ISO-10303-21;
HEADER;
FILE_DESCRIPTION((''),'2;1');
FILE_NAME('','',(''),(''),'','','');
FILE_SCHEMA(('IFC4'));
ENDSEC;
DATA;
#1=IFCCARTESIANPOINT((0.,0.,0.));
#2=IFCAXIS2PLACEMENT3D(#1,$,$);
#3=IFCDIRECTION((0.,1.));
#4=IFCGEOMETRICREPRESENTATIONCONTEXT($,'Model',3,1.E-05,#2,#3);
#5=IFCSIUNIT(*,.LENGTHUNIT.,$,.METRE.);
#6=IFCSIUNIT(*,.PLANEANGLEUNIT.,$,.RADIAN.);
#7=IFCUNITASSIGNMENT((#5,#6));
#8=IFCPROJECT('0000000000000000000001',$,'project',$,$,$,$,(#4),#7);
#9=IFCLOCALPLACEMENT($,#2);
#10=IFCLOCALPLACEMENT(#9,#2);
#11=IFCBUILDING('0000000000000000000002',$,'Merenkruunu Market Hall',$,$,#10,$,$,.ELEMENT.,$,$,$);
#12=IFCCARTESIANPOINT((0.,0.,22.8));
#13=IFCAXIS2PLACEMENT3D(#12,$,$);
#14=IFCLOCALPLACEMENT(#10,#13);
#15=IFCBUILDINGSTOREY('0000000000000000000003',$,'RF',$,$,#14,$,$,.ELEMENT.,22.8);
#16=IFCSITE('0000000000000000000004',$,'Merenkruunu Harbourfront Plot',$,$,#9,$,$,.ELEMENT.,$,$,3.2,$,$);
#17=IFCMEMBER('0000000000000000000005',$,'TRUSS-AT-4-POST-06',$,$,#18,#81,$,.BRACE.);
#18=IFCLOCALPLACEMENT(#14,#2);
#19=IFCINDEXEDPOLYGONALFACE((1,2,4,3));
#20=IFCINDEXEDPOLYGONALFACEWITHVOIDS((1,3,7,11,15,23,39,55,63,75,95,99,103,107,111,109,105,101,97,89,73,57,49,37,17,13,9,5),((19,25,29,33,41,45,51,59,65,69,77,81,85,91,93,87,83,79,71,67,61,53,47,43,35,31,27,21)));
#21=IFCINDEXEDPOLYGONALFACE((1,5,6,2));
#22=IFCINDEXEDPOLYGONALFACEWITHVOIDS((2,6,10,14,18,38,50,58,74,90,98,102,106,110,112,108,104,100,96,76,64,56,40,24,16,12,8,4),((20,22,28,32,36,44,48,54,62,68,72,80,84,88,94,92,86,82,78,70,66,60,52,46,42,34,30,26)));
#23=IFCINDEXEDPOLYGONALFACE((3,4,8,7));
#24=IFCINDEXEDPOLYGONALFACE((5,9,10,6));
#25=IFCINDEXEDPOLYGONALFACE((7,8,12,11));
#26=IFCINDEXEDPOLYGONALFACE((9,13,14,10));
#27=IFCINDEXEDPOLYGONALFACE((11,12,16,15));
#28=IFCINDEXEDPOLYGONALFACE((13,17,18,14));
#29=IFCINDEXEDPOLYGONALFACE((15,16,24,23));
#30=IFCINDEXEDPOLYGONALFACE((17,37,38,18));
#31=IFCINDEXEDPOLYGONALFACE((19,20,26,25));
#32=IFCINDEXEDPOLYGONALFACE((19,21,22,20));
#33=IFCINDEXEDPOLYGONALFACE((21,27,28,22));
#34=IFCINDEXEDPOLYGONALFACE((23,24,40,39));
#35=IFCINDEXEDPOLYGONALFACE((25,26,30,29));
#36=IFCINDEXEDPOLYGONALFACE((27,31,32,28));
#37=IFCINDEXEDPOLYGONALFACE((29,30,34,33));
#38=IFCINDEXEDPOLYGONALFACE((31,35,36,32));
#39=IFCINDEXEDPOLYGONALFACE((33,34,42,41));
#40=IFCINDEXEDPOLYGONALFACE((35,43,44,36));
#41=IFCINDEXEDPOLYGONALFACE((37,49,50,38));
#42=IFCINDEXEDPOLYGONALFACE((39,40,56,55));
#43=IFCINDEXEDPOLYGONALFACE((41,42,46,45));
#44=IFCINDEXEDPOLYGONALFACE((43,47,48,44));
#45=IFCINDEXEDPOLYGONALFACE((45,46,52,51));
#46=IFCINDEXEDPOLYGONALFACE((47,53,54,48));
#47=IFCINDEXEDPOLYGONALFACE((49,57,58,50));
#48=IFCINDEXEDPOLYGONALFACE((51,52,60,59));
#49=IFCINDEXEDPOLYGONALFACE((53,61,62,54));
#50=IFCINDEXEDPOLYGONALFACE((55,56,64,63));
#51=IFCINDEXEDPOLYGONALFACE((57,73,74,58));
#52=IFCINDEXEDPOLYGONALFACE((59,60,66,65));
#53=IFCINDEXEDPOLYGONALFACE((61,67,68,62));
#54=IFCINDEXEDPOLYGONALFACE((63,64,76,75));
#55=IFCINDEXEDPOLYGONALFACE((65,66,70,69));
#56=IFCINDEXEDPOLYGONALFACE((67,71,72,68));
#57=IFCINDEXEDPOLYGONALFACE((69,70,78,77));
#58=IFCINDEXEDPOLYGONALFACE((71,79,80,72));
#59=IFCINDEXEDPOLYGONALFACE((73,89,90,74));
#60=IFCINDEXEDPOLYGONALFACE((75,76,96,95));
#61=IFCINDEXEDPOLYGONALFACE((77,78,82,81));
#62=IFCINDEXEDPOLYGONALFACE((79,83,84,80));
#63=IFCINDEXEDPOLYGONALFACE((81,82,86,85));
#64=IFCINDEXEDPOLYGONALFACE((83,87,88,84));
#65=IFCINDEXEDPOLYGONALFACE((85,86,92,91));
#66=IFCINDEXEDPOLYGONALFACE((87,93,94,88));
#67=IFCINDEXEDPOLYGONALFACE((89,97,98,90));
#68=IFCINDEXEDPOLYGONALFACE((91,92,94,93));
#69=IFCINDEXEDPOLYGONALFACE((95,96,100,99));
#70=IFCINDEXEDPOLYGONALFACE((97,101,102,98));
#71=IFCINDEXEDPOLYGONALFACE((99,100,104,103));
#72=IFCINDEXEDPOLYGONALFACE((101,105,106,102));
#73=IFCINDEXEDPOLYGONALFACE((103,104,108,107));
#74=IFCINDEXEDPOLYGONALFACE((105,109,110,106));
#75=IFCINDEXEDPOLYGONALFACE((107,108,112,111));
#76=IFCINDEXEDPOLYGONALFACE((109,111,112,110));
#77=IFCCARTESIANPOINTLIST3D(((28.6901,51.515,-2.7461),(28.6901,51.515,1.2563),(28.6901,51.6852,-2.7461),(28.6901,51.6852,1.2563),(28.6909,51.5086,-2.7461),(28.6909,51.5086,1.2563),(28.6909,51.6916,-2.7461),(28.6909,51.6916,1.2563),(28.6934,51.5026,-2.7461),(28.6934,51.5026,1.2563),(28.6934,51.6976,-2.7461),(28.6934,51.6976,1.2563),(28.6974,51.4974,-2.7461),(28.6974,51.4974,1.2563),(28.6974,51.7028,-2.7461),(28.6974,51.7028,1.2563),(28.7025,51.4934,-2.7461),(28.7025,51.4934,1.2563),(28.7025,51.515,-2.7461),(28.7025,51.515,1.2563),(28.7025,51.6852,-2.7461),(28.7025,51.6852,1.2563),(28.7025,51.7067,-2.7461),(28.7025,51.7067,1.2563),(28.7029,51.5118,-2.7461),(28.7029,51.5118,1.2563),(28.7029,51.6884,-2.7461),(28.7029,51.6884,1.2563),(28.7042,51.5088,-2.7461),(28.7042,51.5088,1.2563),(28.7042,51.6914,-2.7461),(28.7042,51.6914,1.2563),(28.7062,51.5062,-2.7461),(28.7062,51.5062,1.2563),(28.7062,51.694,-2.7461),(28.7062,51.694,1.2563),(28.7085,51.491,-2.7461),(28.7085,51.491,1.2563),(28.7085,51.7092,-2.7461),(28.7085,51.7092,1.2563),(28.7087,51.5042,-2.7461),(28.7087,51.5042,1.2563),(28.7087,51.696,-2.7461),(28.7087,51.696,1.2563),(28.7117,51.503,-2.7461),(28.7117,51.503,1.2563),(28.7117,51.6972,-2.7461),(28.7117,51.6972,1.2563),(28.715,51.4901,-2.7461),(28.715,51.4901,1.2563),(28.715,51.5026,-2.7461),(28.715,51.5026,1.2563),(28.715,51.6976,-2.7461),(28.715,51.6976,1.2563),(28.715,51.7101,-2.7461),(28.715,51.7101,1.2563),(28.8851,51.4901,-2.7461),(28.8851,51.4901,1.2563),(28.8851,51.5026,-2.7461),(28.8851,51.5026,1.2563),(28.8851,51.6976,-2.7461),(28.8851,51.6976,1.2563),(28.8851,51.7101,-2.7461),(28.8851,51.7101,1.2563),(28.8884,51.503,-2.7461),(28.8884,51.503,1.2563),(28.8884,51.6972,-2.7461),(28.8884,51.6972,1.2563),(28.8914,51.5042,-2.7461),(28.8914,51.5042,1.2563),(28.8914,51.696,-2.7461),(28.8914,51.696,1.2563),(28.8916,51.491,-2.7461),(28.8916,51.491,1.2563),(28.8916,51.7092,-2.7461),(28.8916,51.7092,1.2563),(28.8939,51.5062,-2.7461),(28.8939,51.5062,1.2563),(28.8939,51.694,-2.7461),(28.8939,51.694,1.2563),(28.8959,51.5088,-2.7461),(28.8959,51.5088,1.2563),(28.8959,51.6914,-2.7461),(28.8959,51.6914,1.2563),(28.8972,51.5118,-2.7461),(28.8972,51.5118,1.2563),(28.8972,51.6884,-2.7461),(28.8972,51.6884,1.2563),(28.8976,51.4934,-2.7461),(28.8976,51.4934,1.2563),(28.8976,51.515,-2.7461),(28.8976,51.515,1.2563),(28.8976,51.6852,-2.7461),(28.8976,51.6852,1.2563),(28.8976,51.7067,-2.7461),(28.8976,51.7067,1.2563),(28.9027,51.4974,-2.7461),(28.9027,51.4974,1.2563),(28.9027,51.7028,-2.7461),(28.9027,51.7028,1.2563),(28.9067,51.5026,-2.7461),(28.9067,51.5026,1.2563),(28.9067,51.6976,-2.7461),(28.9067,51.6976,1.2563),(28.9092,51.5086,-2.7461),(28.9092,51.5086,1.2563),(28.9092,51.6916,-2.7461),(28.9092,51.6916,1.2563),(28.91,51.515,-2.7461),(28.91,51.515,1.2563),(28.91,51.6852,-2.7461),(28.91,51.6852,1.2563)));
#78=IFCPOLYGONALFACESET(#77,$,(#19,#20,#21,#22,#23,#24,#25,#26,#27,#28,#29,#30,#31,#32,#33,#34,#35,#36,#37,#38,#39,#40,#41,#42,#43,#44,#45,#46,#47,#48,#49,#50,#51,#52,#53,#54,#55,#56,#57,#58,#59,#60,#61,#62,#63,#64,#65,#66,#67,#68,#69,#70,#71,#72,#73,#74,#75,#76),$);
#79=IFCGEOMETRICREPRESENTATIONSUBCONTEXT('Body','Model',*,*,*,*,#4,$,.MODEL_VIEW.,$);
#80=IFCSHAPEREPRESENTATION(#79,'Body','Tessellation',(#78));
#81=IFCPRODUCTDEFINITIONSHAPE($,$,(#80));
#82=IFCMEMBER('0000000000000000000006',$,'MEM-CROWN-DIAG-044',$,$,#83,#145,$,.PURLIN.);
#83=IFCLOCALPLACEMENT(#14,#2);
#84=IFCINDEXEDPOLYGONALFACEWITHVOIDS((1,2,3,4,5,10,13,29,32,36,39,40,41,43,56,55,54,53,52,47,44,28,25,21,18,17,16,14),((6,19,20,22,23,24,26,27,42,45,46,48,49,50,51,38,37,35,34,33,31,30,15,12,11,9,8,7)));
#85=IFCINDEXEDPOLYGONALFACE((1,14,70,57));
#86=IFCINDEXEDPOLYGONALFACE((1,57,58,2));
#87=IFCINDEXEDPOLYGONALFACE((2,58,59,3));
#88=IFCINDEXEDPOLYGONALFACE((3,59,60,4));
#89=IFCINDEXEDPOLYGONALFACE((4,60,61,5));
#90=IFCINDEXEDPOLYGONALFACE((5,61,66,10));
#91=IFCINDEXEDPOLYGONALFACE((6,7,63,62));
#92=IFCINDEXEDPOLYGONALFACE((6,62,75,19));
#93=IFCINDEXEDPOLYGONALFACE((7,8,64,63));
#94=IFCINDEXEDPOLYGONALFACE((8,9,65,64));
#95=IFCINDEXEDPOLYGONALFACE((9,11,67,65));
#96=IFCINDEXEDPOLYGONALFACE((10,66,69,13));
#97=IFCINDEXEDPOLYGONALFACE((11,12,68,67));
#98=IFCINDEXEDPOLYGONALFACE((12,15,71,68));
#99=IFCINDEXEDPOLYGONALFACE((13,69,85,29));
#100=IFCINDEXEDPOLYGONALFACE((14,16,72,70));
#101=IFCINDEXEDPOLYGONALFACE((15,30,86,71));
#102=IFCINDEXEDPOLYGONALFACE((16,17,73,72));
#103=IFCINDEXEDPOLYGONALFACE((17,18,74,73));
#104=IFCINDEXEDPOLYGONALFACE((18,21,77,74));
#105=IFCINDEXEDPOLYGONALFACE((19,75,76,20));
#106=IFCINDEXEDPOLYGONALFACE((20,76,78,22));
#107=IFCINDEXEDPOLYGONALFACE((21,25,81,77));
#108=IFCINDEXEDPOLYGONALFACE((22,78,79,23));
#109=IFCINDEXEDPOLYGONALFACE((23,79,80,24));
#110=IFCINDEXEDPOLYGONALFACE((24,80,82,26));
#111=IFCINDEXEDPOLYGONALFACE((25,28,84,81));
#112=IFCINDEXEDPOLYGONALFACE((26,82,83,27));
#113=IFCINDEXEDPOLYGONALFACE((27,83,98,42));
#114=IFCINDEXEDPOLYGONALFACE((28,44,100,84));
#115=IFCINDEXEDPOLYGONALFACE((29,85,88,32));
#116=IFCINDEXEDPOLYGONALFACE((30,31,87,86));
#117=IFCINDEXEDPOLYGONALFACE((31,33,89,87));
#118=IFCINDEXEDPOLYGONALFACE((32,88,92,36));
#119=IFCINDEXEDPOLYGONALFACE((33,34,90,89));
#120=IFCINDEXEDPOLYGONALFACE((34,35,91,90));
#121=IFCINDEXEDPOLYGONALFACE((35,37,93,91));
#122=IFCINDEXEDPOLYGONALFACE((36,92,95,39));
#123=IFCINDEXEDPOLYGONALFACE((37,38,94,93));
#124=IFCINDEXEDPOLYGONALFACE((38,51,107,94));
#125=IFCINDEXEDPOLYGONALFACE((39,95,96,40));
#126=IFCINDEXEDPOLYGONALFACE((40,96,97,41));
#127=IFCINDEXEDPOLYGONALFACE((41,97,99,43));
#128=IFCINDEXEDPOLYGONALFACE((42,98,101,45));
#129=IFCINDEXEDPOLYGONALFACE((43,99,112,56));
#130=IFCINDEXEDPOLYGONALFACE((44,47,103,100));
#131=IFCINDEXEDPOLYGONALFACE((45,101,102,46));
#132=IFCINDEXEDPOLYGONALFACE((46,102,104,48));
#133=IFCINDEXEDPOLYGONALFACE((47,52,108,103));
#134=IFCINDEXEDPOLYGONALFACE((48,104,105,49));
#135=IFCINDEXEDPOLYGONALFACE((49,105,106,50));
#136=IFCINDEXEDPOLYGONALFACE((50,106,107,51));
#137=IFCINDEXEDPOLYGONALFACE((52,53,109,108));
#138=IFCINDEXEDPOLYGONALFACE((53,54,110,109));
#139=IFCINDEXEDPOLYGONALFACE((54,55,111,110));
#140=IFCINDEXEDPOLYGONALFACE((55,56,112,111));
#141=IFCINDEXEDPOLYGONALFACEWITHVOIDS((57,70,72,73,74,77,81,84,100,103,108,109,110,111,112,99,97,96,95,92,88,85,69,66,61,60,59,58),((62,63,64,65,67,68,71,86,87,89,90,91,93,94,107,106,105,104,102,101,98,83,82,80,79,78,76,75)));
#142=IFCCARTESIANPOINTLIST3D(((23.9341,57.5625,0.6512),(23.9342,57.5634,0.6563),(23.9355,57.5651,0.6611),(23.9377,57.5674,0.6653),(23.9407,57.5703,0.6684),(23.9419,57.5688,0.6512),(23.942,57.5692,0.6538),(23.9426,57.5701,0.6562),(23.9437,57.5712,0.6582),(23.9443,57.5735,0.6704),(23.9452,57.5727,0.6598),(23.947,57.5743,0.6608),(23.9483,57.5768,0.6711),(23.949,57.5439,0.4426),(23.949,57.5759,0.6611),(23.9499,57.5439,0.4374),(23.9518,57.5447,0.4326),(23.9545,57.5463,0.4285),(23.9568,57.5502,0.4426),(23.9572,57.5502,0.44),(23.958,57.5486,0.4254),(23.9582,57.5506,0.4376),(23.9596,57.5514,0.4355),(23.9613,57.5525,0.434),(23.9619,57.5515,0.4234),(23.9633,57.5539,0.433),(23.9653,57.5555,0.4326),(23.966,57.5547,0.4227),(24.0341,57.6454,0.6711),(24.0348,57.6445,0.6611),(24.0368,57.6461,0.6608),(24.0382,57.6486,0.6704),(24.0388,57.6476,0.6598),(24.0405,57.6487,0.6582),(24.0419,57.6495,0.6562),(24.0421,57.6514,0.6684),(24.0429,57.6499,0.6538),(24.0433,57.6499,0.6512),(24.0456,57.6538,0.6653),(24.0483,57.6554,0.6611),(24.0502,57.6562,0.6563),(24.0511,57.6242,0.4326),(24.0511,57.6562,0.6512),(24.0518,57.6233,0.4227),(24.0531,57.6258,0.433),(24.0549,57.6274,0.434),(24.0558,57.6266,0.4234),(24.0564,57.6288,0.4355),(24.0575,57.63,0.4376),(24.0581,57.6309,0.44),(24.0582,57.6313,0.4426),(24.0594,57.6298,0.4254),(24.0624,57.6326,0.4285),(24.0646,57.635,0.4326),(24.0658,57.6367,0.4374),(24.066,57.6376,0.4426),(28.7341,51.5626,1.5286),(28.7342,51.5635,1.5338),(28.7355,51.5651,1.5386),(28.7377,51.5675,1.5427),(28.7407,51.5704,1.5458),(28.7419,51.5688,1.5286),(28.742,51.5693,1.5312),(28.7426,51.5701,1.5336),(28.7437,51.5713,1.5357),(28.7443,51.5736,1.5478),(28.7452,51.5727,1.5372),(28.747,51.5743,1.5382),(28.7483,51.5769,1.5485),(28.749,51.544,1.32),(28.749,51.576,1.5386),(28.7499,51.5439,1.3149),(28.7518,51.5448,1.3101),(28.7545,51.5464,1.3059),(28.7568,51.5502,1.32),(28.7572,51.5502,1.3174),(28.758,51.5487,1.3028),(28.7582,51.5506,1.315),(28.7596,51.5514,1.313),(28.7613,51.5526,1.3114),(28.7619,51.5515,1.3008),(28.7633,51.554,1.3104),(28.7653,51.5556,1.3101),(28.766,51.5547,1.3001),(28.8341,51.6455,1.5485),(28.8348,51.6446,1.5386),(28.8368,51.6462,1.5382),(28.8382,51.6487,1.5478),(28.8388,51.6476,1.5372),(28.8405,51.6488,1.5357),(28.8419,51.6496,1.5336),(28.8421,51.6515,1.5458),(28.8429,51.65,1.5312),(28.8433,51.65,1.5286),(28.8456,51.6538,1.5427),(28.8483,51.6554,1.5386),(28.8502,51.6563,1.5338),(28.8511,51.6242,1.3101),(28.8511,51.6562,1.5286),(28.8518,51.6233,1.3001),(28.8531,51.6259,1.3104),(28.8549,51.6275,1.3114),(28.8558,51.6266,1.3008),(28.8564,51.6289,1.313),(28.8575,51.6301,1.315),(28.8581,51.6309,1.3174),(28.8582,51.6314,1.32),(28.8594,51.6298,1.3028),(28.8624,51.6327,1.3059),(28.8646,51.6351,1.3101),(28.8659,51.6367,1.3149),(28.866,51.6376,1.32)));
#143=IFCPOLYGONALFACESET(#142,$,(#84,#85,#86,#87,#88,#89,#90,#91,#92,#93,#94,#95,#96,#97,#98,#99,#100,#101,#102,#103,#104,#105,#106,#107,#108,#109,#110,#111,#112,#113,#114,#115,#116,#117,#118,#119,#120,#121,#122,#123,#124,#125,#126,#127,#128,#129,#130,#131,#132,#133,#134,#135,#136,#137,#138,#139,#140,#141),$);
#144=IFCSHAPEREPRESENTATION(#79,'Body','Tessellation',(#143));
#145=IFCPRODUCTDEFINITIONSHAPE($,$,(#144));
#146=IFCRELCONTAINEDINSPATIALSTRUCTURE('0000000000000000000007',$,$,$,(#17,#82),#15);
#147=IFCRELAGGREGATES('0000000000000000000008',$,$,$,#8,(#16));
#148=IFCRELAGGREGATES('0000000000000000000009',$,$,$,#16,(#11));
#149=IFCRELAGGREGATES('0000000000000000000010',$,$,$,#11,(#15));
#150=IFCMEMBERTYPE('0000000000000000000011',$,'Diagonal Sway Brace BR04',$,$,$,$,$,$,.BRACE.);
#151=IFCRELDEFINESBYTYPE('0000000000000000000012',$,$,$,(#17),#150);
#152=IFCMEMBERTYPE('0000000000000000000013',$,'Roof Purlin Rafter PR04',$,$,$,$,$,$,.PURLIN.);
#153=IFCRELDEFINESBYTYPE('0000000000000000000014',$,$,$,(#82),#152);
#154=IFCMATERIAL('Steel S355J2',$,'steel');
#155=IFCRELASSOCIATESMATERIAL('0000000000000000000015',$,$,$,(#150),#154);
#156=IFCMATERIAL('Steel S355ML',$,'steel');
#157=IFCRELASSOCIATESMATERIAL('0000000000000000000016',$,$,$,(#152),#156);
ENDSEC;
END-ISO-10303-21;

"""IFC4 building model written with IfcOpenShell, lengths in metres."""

from ifc_helpers import new_model, si_unit, direction, frame, origin, origin_2d, place, context, subcontext, project, spatial, hollow_rectangle, extrude, material, material_profile, profile_set, type_object, element, save


model = new_model("IFC4")

# Units and contexts
model_context = context("Model", 3, precision=1e-05, world=origin(), true_north=direction((0.0, 1.0)))
body_context = subcontext(model_context, "Body", "Model", "MODEL_VIEW")
ifc_project = project(units=[si_unit("LENGTHUNIT", "METRE"), si_unit("PLANEANGLEUNIT", "RADIAN")], contexts=[model_context])

# Site, building, storey
site_placement = place(None, origin())
site = spatial("IfcSite", under=ifc_project, at=site_placement, Name="Merenkruunu Harbourfront Plot", CompositionType="ELEMENT", RefElevation=3.2)
building_placement = place(site_placement, origin())
building = spatial("IfcBuilding", under=site, at=building_placement, Name="Merenkruunu Market Hall", CompositionType="ELEMENT")
storey_placement = place(building_placement, frame((0.0, 0.0, 22.8)))
storey = spatial("IfcBuildingStorey", under=building, at=storey_placement, Name="RF", CompositionType="ELEMENT", Elevation=22.8)

# Members
ifc_material_1 = material(Name="Steel S355ML", Category="steel")
ifc_material_2 = material(Name="Steel S355J2", Category="steel")
ifc_material_profile_1 = material_profile(ifc_material_2, hollow_rectangle(XDim=0.22, YDim=0.22, WallThickness=0.0125, InnerFilletRadius=0.0125, OuterFilletRadius=0.0249, at=origin_2d()), Name="SHS 220x220x12.5")
ifc_profile_set_1 = profile_set([ifc_material_profile_1], Name="Steel S355J2")
member_type_1 = type_object("IfcMemberType", Name="Diagonal Sway Brace BR04", PredefinedType="BRACE", material=ifc_profile_set_1)
member_1_placement = place(storey_placement, frame((28.8, 51.6001, -2.7461), z_axis=(0.0, 0.0, 1.0), x_axis=(1.0, 0.0, 0.0)))
element("IfcMember", 1, at=member_1_placement, inside=storey, type_object=member_type_1, Name="TRUSS-AT-4-POST-06", PredefinedType="BRACE", context=body_context, shape_type="SweptSolid", body=[
    extrude(hollow_rectangle(XDim=0.22, YDim=0.22, WallThickness=0.0125, InnerFilletRadius=0.0125, OuterFilletRadius=0.0249, at=origin_2d()), origin(), (0.0, 0.0, 1.0), 4.0024),
])
ifc_material_profile_2 = material_profile(ifc_material_1, hollow_rectangle(XDim=0.1499, YDim=0.25, WallThickness=0.01, InnerFilletRadius=0.01, OuterFilletRadius=0.02, at=origin_2d()), Name="RHS 250x150x10")
ifc_profile_set_2 = profile_set([ifc_material_profile_2], Name="Steel S355ML")
member_type_2 = type_object("IfcMemberType", Name="Roof Purlin Rafter PR04", PredefinedType="PURLIN", material=ifc_profile_set_2)
for number, where, z_axis, x_axis, name in (
    (2, (28.8, 51.6001, 1.4243), (-0.620665, 0.775824, -0.113457), (-0.780866, -0.624699, 0.0), "MEM-CROWN-DIAG-044"),
):
    element("IfcMember", number, at=place(storey_placement, frame(where, z_axis=z_axis, x_axis=x_axis)), inside=storey, type_object=member_type_2, Name=name, PredefinedType="PURLIN", context=body_context, shape_type="SweptSolid", body=[
        extrude(hollow_rectangle(XDim=0.1499, YDim=0.25, WallThickness=0.01, InnerFilletRadius=0.01, OuterFilletRadius=0.02, at=origin_2d()), origin(), (0.0, 0.0, 1.0), 7.7336),
    ])

save(model, "model.ifc")
